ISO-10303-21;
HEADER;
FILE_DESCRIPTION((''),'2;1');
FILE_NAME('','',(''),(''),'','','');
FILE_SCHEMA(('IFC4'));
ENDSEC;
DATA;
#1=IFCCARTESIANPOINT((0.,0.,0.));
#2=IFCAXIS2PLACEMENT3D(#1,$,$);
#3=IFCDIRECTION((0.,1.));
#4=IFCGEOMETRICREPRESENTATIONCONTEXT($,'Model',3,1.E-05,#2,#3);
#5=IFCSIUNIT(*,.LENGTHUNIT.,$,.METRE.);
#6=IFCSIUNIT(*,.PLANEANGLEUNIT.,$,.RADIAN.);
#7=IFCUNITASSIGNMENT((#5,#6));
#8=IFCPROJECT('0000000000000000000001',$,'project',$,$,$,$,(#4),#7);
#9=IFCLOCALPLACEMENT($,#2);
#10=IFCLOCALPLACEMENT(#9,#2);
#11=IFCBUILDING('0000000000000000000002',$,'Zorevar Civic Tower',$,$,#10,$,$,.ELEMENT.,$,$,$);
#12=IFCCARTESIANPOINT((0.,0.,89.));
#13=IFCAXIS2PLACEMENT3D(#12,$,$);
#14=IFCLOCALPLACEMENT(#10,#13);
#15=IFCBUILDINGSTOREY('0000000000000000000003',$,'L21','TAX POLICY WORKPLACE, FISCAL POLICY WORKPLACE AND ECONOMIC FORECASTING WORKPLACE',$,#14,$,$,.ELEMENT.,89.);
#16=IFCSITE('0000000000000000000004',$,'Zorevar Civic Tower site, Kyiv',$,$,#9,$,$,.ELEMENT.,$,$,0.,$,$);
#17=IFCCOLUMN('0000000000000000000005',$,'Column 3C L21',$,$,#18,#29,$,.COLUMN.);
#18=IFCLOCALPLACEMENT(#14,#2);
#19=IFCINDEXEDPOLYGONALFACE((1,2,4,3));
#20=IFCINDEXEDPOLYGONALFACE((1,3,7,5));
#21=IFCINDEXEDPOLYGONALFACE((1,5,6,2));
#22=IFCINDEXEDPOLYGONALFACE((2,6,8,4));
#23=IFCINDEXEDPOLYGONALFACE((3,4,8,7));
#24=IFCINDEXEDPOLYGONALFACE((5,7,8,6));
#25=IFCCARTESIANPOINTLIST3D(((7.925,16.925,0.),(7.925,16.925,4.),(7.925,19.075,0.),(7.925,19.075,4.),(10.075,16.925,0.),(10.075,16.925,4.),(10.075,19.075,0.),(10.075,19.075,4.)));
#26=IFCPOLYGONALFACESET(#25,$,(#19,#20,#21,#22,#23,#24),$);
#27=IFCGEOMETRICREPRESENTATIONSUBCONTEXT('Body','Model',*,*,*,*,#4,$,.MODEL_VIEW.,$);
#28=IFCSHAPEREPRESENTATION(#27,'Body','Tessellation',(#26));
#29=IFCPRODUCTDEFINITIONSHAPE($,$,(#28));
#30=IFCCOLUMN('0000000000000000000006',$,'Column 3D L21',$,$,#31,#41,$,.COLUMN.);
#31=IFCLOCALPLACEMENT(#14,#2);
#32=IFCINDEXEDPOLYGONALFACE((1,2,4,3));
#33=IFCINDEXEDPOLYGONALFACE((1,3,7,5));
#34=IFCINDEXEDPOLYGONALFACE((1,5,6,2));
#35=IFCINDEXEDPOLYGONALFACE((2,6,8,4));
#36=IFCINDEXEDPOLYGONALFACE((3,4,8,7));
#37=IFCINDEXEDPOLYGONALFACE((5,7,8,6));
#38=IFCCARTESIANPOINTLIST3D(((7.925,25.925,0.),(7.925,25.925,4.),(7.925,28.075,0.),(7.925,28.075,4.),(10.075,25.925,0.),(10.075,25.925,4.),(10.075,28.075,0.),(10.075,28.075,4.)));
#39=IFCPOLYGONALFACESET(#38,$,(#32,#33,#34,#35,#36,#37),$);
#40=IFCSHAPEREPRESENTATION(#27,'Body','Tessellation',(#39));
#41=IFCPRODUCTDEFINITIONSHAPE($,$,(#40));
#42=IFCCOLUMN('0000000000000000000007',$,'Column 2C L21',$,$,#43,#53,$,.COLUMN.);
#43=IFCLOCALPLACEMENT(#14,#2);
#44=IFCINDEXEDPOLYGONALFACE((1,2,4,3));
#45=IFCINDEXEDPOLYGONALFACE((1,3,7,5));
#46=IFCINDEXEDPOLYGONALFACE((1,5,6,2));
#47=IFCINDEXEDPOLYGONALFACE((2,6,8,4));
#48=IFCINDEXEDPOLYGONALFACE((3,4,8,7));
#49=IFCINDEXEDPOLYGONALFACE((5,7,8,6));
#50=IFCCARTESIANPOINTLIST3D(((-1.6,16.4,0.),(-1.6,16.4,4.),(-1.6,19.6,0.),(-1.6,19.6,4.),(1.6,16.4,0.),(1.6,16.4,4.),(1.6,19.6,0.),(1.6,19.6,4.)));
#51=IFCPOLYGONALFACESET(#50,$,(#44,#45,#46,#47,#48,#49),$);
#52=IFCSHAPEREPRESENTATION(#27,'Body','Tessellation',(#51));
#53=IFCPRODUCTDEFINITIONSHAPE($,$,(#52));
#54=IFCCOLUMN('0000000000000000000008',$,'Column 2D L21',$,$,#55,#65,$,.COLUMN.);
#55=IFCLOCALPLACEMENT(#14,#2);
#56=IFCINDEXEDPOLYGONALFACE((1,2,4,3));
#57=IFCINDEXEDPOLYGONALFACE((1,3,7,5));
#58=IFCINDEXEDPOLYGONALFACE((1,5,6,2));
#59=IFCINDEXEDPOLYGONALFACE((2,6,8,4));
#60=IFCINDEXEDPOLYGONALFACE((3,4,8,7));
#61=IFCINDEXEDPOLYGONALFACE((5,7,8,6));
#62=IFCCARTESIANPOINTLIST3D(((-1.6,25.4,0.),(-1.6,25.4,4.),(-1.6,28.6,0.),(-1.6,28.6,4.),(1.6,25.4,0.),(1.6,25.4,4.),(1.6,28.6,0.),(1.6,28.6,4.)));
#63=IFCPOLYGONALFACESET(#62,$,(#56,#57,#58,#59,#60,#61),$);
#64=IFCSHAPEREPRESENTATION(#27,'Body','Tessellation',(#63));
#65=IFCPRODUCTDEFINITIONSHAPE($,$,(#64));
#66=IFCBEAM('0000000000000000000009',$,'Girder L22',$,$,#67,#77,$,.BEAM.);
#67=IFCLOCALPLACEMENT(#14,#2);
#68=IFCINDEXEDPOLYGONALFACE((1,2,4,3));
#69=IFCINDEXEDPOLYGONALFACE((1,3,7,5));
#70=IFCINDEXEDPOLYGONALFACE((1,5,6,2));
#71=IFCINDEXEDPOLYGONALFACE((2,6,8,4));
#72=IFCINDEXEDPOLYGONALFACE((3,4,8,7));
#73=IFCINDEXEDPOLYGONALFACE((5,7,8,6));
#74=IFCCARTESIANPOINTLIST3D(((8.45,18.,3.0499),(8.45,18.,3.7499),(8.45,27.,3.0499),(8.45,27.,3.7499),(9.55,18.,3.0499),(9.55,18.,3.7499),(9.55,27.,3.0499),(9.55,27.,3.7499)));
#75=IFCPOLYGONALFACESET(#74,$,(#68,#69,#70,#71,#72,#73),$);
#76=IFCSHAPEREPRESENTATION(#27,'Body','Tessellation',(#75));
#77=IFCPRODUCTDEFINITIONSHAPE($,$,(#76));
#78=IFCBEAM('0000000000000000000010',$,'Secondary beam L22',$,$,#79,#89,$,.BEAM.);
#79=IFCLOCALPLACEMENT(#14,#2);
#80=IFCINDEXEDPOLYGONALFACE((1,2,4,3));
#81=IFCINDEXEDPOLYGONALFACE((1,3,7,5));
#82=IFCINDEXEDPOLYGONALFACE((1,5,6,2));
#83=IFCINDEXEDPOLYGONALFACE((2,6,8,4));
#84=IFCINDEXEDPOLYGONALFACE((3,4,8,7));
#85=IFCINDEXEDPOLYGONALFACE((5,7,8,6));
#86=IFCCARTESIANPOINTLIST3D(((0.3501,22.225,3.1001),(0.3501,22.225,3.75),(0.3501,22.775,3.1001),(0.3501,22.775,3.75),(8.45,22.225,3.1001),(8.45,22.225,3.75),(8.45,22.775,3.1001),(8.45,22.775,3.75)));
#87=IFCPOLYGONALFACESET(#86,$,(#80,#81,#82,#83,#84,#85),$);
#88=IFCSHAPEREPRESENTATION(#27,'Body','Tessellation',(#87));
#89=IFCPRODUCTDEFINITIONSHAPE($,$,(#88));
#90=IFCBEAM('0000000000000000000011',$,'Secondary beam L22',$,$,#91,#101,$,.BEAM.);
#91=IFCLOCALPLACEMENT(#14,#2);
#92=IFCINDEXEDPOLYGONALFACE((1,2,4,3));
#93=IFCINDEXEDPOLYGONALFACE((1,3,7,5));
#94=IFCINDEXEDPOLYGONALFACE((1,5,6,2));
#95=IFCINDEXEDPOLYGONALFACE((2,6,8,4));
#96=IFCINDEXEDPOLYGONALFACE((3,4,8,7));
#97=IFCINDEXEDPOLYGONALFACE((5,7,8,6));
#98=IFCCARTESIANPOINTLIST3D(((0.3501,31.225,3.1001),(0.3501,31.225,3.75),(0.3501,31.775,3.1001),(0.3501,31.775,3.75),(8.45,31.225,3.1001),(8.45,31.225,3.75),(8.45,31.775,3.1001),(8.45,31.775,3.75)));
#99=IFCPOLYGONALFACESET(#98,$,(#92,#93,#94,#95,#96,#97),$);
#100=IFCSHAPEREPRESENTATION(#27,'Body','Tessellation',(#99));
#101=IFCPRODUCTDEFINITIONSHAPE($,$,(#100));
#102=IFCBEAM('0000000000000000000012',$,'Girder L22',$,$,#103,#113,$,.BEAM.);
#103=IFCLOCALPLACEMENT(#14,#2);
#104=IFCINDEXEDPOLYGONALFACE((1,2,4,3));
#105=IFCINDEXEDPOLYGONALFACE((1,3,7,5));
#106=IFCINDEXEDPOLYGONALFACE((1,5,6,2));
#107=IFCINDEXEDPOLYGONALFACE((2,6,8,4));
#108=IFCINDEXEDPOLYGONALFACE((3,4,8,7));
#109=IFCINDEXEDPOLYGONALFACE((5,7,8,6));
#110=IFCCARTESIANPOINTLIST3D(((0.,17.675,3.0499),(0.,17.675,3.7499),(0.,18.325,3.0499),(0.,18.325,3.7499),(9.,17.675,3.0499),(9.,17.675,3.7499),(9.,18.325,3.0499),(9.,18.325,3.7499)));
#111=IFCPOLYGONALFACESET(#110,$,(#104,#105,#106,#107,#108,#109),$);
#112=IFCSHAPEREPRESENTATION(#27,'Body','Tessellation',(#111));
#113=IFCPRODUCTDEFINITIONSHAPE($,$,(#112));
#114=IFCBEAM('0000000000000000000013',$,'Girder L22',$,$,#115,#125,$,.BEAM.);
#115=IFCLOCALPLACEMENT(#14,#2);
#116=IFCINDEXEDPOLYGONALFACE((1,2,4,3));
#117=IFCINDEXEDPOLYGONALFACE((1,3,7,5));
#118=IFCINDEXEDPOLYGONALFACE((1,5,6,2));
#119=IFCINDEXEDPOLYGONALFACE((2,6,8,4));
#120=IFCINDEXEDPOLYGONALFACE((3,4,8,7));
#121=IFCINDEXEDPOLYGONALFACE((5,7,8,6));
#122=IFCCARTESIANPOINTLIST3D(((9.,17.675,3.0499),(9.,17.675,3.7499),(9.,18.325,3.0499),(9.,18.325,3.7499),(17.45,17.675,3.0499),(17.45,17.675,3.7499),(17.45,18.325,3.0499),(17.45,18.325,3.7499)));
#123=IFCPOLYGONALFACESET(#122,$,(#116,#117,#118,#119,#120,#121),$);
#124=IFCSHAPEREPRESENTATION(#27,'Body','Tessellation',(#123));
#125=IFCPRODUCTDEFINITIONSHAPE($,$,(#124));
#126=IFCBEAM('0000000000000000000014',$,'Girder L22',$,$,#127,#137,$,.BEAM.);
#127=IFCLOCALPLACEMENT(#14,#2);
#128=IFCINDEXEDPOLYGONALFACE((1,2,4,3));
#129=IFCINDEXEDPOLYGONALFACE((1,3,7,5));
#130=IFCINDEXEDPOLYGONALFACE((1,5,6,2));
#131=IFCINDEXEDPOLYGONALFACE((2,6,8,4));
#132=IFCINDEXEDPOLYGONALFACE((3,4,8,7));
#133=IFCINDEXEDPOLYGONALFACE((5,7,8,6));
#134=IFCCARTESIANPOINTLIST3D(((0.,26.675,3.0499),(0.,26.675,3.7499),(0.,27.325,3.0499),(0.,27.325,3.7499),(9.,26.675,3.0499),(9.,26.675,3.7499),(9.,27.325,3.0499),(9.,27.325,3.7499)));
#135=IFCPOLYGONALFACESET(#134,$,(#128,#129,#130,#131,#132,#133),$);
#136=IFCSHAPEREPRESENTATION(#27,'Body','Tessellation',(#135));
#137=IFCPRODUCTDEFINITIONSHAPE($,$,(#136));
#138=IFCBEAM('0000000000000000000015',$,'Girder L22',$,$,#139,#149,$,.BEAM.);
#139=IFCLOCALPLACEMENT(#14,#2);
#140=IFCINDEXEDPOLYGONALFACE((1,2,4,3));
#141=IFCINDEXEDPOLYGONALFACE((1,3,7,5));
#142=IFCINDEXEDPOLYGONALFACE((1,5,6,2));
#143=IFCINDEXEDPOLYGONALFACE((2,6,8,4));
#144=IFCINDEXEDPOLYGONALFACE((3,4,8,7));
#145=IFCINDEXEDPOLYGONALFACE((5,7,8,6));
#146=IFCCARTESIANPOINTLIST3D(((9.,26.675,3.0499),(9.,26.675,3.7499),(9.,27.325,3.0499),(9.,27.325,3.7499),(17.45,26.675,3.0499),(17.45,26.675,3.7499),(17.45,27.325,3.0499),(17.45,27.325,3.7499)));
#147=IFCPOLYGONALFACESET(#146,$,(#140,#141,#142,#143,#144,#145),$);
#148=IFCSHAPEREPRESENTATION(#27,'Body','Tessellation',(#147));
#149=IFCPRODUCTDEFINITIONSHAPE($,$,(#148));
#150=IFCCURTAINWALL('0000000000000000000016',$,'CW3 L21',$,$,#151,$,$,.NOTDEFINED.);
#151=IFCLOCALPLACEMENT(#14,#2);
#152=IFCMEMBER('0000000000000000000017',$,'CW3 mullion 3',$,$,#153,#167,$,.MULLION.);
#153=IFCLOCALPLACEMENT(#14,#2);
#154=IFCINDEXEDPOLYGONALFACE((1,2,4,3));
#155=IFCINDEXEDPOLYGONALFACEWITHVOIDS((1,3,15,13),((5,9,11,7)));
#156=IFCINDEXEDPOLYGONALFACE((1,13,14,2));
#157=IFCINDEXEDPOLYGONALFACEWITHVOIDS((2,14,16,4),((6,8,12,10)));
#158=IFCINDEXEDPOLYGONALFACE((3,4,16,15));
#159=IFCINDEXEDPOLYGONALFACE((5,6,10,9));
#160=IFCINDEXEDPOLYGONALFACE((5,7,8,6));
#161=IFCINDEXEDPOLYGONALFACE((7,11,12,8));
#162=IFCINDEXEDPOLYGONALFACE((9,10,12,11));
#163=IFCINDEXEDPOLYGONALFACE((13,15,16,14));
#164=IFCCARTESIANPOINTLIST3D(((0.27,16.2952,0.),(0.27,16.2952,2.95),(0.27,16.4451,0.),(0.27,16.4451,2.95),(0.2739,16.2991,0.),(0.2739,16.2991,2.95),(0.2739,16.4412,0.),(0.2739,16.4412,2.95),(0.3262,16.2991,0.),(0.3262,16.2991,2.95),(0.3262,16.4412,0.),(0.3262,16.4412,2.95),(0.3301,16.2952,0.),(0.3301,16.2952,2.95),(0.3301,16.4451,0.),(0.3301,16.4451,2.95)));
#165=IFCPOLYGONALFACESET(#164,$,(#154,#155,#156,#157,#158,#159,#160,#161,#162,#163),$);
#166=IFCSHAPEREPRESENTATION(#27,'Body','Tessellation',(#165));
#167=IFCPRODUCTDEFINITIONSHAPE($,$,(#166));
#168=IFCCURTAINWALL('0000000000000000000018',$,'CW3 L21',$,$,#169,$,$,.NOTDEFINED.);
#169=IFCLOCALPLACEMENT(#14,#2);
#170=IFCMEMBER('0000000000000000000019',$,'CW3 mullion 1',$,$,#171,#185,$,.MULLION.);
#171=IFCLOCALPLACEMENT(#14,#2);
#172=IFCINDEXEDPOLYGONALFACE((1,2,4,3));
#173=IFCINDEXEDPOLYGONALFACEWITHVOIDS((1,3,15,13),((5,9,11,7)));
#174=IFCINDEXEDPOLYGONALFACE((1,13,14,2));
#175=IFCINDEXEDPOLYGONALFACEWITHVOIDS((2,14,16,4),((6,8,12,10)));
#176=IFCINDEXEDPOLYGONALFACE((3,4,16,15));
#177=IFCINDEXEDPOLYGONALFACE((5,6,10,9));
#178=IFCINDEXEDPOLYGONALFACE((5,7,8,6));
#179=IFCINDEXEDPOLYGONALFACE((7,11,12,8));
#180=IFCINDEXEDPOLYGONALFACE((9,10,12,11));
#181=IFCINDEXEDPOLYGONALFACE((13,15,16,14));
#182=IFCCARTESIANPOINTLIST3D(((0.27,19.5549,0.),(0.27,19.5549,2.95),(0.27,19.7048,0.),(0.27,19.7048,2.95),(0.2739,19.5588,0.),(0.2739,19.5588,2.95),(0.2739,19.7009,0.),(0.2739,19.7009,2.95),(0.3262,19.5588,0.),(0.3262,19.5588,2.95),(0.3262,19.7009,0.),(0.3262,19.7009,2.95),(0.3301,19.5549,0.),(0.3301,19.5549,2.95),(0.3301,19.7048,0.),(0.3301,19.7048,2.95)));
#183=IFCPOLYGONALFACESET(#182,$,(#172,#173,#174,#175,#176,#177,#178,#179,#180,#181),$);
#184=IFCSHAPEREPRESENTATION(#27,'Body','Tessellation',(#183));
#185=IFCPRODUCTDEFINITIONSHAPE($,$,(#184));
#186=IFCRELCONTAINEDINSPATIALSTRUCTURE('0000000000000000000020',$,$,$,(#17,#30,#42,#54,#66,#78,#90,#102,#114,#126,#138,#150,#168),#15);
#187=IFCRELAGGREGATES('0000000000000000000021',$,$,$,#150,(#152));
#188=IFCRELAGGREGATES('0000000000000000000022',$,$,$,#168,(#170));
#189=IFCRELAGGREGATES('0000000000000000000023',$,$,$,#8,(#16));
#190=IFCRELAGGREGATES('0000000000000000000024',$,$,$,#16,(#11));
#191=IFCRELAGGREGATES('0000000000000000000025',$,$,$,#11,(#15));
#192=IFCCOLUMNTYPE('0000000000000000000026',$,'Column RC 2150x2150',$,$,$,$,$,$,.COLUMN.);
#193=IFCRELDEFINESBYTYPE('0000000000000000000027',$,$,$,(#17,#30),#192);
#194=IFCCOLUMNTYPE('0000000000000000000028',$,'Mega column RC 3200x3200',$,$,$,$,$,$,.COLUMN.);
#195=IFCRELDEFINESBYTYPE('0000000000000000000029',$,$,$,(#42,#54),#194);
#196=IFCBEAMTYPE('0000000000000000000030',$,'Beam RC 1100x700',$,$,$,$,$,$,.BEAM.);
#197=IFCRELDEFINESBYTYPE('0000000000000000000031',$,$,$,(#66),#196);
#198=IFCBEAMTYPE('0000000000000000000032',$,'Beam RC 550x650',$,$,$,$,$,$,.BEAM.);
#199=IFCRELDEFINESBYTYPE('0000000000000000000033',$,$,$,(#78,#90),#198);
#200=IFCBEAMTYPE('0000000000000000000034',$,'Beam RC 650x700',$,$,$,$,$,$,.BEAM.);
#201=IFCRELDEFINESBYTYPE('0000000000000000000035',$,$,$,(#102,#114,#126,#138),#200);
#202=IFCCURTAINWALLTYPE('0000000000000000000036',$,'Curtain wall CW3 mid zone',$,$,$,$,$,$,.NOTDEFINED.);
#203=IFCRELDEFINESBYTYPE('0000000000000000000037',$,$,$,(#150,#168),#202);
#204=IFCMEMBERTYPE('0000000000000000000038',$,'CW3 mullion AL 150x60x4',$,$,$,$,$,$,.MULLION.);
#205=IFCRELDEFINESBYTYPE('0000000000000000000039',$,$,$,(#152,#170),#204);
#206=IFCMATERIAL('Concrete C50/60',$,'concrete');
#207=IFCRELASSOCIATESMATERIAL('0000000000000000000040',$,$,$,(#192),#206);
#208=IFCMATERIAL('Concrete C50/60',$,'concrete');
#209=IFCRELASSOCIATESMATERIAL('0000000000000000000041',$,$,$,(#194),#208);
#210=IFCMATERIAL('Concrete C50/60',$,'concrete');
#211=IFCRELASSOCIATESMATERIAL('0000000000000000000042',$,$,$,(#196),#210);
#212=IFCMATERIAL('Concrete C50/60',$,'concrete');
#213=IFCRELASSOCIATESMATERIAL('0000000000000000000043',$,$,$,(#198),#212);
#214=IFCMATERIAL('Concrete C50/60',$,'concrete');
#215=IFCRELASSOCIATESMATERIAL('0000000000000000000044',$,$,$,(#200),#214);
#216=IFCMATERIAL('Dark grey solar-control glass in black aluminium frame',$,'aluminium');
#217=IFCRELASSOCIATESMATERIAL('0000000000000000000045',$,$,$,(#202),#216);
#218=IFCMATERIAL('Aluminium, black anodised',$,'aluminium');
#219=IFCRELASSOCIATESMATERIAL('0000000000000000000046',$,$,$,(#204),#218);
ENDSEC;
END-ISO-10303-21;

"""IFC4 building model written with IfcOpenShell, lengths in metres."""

from ifc_helpers import new_model, si_unit, direction, frame, origin, origin_2d, place, context, subcontext, project, spatial, rectangle, hollow_rectangle, extrude, material, material_profile, profile_set, type_object, element, aggregate, save


model = new_model("IFC4")

# Units and contexts
model_context = context("Model", 3, precision=1e-05, world=origin(), true_north=direction((0.0, 1.0)))
body_context = subcontext(model_context, "Body", "Model", "MODEL_VIEW")
ifc_project = project(units=[si_unit("LENGTHUNIT", "METRE"), si_unit("PLANEANGLEUNIT", "RADIAN")], contexts=[model_context])

# Site, building, storey
site_placement = place(None, origin())
site = spatial("IfcSite", under=ifc_project, at=site_placement, Name="Zorevar Civic Tower site, Kyiv", CompositionType="ELEMENT", RefElevation=0.0)
building_placement = place(site_placement, origin())
building = spatial("IfcBuilding", under=site, at=building_placement, Name="Zorevar Civic Tower", CompositionType="ELEMENT")
storey_placement = place(building_placement, frame((0.0, 0.0, 89.0)))
storey = spatial("IfcBuildingStorey", under=building, at=storey_placement, Name="L21", Description="TAX POLICY WORKPLACE, FISCAL POLICY WORKPLACE AND ECONOMIC FORECASTING WORKPLACE", CompositionType="ELEMENT", Elevation=89.0)

# Columns
ifc_material_1 = material(Name="Concrete C50/60", Category="concrete")
ifc_material_profile_1 = material_profile(ifc_material_1, rectangle(XDim=2.1499, YDim=2.1499, at=origin_2d()), Name="RC 2150x2150")
ifc_profile_set_1 = profile_set([ifc_material_profile_1], Name="Concrete C50/60")
column_type_1 = type_object("IfcColumnType", Name="Column RC 2150x2150", PredefinedType="COLUMN", material=ifc_profile_set_1)
for number, where, z_axis, x_axis, name in (
    (1, (9.0, 18.0, 0.0), (0.0, 0.0, 1.0), (1.0, 0.0, 0.0), "Column 3C L21"),
    (2, (9.0, 27.0, 0.0), (0.0, 0.0, 1.0), (1.0, 0.0, 0.0), "Column 3D L21"),
):
    element("IfcColumn", number, at=place(storey_placement, frame(where, z_axis=z_axis, x_axis=x_axis)), inside=storey, type_object=column_type_1, Name=name, PredefinedType="COLUMN", context=body_context, shape_type="SweptSolid", body=[
        extrude(rectangle(XDim=2.1499, YDim=2.1499, at=origin_2d()), origin(), (0.0, 0.0, 1.0), 4.0),
    ])
ifc_material_2 = material(Name="Concrete C50/60", Category="concrete")
ifc_material_profile_2 = material_profile(ifc_material_2, rectangle(XDim=3.2, YDim=3.2, at=origin_2d()), Name="RC 3200x3200")
ifc_profile_set_2 = profile_set([ifc_material_profile_2], Name="Concrete C50/60")
column_type_2 = type_object("IfcColumnType", Name="Mega column RC 3200x3200", PredefinedType="COLUMN", material=ifc_profile_set_2)
for number, where, z_axis, x_axis, name in (
    (3, (0.0, 18.0, 0.0), (0.0, 0.0, 1.0), (1.0, 0.0, 0.0), "Column 2C L21"),
    (4, (0.0, 27.0, 0.0), (0.0, 0.0, 1.0), (1.0, 0.0, 0.0), "Column 2D L21"),
):
    element("IfcColumn", number, at=place(storey_placement, frame(where, z_axis=z_axis, x_axis=x_axis)), inside=storey, type_object=column_type_2, Name=name, PredefinedType="COLUMN", context=body_context, shape_type="SweptSolid", body=[
        extrude(rectangle(XDim=3.2, YDim=3.2, at=origin_2d()), origin(), (0.0, 0.0, 1.0), 4.0),
    ])

# Beams
ifc_material_3 = material(Name="Concrete C50/60", Category="concrete")
ifc_material_profile_3 = material_profile(ifc_material_3, rectangle(XDim=1.1001, YDim=0.7, at=origin_2d()), Name="RC 1100x700")
ifc_profile_set_3 = profile_set([ifc_material_profile_3], Name="Concrete C50/60")
beam_type_1 = type_object("IfcBeamType", Name="Beam RC 1100x700", PredefinedType="BEAM", material=ifc_profile_set_3)
beam_1_placement = place(storey_placement, frame((9.0, 18.0, 3.3999), z_axis=(0.0, 1.0, 0.0), x_axis=(-1.0, 0.0, 0.0)))
element("IfcBeam", 5, at=beam_1_placement, inside=storey, type_object=beam_type_1, Name="Girder L22", PredefinedType="BEAM", context=body_context, shape_type="SweptSolid", body=[
    extrude(rectangle(XDim=1.1001, YDim=0.7, at=origin_2d()), origin(), (0.0, 0.0, 1.0), 9.0),
])
ifc_material_4 = material(Name="Concrete C50/60", Category="concrete")
ifc_material_profile_4 = material_profile(ifc_material_4, rectangle(XDim=0.55, YDim=0.6499, at=origin_2d()), Name="RC 550x650")
ifc_profile_set_4 = profile_set([ifc_material_profile_4], Name="Concrete C50/60")
beam_type_2 = type_object("IfcBeamType", Name="Beam RC 550x650", PredefinedType="BEAM", material=ifc_profile_set_4)
for number, where, z_axis, x_axis, name in (
    (6, (0.3501, 22.5, 3.425), (1.0, 0.0, 0.0), (0.0, 1.0, 0.0), "Secondary beam L22"),
    (7, (0.3501, 31.5, 3.425), (1.0, 0.0, 0.0), (0.0, 1.0, 0.0), "Secondary beam L22"),
):
    element("IfcBeam", number, at=place(storey_placement, frame(where, z_axis=z_axis, x_axis=x_axis)), inside=storey, type_object=beam_type_2, Name=name, PredefinedType="BEAM", context=body_context, shape_type="SweptSolid", body=[
        extrude(rectangle(XDim=0.55, YDim=0.6499, at=origin_2d()), origin(), (0.0, 0.0, 1.0), 8.0999),
    ])
ifc_material_5 = material(Name="Concrete C50/60", Category="concrete")
ifc_material_profile_5 = material_profile(ifc_material_5, rectangle(XDim=0.6499, YDim=0.7, at=origin_2d()), Name="RC 650x700")
ifc_profile_set_5 = profile_set([ifc_material_profile_5], Name="Concrete C50/60")
beam_type_3 = type_object("IfcBeamType", Name="Beam RC 650x700", PredefinedType="BEAM", material=ifc_profile_set_5)
beam_2_placement = place(storey_placement, frame((0.0, 18.0, 3.3999), z_axis=(1.0, 0.0, 0.0), x_axis=(0.0, 1.0, 0.0)))
element("IfcBeam", 8, at=beam_2_placement, inside=storey, type_object=beam_type_3, Name="Girder L22", PredefinedType="BEAM", context=body_context, shape_type="SweptSolid", body=[
    extrude(rectangle(XDim=0.6499, YDim=0.7, at=origin_2d()), origin(), (0.0, 0.0, 1.0), 9.0),
])
beam_3_placement = place(storey_placement, frame((9.0, 18.0, 3.3999), z_axis=(1.0, 0.0, 0.0), x_axis=(0.0, 1.0, 0.0)))
element("IfcBeam", 9, at=beam_3_placement, inside=storey, type_object=beam_type_3, Name="Girder L22", PredefinedType="BEAM", context=body_context, shape_type="SweptSolid", body=[
    extrude(rectangle(XDim=0.6499, YDim=0.7, at=origin_2d()), origin(), (0.0, 0.0, 1.0), 8.45),
])
beam_4_placement = place(storey_placement, frame((0.0, 27.0, 3.3999), z_axis=(1.0, 0.0, 0.0), x_axis=(0.0, 1.0, 0.0)))
element("IfcBeam", 10, at=beam_4_placement, inside=storey, type_object=beam_type_3, Name="Girder L22", PredefinedType="BEAM", context=body_context, shape_type="SweptSolid", body=[
    extrude(rectangle(XDim=0.6499, YDim=0.7, at=origin_2d()), origin(), (0.0, 0.0, 1.0), 9.0),
])
beam_5_placement = place(storey_placement, frame((9.0, 27.0, 3.3999), z_axis=(1.0, 0.0, 0.0), x_axis=(0.0, 1.0, 0.0)))
element("IfcBeam", 11, at=beam_5_placement, inside=storey, type_object=beam_type_3, Name="Girder L22", PredefinedType="BEAM", context=body_context, shape_type="SweptSolid", body=[
    extrude(rectangle(XDim=0.6499, YDim=0.7, at=origin_2d()), origin(), (0.0, 0.0, 1.0), 8.45),
])

# Curtain wall, member
ifc_material_6 = material(Name="Dark grey solar-control glass in black aluminium frame", Category="aluminium")
curtain_wall_type = type_object("IfcCurtainWallType", Name="Curtain wall CW3 mid zone", PredefinedType="NOTDEFINED", material=ifc_material_6)
curtain_wall_1_placement = place(storey_placement, origin())
curtain_wall_1 = element("IfcCurtainWall", 12, at=curtain_wall_1_placement, inside=storey, type_object=curtain_wall_type, Name="CW3 L21", PredefinedType="NOTDEFINED")
ifc_material_7 = material(Name="Aluminium, black anodised", Category="aluminium")
ifc_material_profile_6 = material_profile(ifc_material_7, hollow_rectangle(XDim=0.0601, YDim=0.1499, WallThickness=0.0039, at=origin_2d()), Name="AL 150x60x4")
ifc_profile_set_6 = profile_set([ifc_material_profile_6], Name="Aluminium, black anodised")
member_type_1 = type_object("IfcMemberType", Name="CW3 mullion AL 150x60x4", PredefinedType="MULLION", material=ifc_profile_set_6)
member_1_placement = place(storey_placement, frame((0.3, 16.3701, 0.0), z_axis=(0.0, 0.0, 1.0), x_axis=(-1.0, 0.0, 0.0)))
member_1 = element("IfcMember", 13, at=member_1_placement, type_object=member_type_1, Name="CW3 mullion 3", PredefinedType="MULLION", context=body_context, shape_type="SweptSolid", body=[
    extrude(hollow_rectangle(XDim=0.0601, YDim=0.1499, WallThickness=0.0039, at=origin_2d()), origin(), (0.0, 0.0, 1.0), 2.95),
])
aggregate(curtain_wall_1, [member_1])

# Curtain wall, member
curtain_wall_2_placement = place(storey_placement, origin())
curtain_wall_2 = element("IfcCurtainWall", 14, at=curtain_wall_2_placement, inside=storey, type_object=curtain_wall_type, Name="CW3 L21", PredefinedType="NOTDEFINED")
member_2_placement = place(storey_placement, frame((0.3, 19.6299, 0.0), z_axis=(0.0, 0.0, 1.0), x_axis=(-1.0, 0.0, 0.0)))
member_2 = element("IfcMember", 15, at=member_2_placement, type_object=member_type_1, Name="CW3 mullion 1", PredefinedType="MULLION", context=body_context, shape_type="SweptSolid", body=[
    extrude(hollow_rectangle(XDim=0.0601, YDim=0.1499, WallThickness=0.0039, at=origin_2d()), origin(), (0.0, 0.0, 1.0), 2.95),
])

aggregate(curtain_wall_2, [member_2])

save(model, "model.ifc")
